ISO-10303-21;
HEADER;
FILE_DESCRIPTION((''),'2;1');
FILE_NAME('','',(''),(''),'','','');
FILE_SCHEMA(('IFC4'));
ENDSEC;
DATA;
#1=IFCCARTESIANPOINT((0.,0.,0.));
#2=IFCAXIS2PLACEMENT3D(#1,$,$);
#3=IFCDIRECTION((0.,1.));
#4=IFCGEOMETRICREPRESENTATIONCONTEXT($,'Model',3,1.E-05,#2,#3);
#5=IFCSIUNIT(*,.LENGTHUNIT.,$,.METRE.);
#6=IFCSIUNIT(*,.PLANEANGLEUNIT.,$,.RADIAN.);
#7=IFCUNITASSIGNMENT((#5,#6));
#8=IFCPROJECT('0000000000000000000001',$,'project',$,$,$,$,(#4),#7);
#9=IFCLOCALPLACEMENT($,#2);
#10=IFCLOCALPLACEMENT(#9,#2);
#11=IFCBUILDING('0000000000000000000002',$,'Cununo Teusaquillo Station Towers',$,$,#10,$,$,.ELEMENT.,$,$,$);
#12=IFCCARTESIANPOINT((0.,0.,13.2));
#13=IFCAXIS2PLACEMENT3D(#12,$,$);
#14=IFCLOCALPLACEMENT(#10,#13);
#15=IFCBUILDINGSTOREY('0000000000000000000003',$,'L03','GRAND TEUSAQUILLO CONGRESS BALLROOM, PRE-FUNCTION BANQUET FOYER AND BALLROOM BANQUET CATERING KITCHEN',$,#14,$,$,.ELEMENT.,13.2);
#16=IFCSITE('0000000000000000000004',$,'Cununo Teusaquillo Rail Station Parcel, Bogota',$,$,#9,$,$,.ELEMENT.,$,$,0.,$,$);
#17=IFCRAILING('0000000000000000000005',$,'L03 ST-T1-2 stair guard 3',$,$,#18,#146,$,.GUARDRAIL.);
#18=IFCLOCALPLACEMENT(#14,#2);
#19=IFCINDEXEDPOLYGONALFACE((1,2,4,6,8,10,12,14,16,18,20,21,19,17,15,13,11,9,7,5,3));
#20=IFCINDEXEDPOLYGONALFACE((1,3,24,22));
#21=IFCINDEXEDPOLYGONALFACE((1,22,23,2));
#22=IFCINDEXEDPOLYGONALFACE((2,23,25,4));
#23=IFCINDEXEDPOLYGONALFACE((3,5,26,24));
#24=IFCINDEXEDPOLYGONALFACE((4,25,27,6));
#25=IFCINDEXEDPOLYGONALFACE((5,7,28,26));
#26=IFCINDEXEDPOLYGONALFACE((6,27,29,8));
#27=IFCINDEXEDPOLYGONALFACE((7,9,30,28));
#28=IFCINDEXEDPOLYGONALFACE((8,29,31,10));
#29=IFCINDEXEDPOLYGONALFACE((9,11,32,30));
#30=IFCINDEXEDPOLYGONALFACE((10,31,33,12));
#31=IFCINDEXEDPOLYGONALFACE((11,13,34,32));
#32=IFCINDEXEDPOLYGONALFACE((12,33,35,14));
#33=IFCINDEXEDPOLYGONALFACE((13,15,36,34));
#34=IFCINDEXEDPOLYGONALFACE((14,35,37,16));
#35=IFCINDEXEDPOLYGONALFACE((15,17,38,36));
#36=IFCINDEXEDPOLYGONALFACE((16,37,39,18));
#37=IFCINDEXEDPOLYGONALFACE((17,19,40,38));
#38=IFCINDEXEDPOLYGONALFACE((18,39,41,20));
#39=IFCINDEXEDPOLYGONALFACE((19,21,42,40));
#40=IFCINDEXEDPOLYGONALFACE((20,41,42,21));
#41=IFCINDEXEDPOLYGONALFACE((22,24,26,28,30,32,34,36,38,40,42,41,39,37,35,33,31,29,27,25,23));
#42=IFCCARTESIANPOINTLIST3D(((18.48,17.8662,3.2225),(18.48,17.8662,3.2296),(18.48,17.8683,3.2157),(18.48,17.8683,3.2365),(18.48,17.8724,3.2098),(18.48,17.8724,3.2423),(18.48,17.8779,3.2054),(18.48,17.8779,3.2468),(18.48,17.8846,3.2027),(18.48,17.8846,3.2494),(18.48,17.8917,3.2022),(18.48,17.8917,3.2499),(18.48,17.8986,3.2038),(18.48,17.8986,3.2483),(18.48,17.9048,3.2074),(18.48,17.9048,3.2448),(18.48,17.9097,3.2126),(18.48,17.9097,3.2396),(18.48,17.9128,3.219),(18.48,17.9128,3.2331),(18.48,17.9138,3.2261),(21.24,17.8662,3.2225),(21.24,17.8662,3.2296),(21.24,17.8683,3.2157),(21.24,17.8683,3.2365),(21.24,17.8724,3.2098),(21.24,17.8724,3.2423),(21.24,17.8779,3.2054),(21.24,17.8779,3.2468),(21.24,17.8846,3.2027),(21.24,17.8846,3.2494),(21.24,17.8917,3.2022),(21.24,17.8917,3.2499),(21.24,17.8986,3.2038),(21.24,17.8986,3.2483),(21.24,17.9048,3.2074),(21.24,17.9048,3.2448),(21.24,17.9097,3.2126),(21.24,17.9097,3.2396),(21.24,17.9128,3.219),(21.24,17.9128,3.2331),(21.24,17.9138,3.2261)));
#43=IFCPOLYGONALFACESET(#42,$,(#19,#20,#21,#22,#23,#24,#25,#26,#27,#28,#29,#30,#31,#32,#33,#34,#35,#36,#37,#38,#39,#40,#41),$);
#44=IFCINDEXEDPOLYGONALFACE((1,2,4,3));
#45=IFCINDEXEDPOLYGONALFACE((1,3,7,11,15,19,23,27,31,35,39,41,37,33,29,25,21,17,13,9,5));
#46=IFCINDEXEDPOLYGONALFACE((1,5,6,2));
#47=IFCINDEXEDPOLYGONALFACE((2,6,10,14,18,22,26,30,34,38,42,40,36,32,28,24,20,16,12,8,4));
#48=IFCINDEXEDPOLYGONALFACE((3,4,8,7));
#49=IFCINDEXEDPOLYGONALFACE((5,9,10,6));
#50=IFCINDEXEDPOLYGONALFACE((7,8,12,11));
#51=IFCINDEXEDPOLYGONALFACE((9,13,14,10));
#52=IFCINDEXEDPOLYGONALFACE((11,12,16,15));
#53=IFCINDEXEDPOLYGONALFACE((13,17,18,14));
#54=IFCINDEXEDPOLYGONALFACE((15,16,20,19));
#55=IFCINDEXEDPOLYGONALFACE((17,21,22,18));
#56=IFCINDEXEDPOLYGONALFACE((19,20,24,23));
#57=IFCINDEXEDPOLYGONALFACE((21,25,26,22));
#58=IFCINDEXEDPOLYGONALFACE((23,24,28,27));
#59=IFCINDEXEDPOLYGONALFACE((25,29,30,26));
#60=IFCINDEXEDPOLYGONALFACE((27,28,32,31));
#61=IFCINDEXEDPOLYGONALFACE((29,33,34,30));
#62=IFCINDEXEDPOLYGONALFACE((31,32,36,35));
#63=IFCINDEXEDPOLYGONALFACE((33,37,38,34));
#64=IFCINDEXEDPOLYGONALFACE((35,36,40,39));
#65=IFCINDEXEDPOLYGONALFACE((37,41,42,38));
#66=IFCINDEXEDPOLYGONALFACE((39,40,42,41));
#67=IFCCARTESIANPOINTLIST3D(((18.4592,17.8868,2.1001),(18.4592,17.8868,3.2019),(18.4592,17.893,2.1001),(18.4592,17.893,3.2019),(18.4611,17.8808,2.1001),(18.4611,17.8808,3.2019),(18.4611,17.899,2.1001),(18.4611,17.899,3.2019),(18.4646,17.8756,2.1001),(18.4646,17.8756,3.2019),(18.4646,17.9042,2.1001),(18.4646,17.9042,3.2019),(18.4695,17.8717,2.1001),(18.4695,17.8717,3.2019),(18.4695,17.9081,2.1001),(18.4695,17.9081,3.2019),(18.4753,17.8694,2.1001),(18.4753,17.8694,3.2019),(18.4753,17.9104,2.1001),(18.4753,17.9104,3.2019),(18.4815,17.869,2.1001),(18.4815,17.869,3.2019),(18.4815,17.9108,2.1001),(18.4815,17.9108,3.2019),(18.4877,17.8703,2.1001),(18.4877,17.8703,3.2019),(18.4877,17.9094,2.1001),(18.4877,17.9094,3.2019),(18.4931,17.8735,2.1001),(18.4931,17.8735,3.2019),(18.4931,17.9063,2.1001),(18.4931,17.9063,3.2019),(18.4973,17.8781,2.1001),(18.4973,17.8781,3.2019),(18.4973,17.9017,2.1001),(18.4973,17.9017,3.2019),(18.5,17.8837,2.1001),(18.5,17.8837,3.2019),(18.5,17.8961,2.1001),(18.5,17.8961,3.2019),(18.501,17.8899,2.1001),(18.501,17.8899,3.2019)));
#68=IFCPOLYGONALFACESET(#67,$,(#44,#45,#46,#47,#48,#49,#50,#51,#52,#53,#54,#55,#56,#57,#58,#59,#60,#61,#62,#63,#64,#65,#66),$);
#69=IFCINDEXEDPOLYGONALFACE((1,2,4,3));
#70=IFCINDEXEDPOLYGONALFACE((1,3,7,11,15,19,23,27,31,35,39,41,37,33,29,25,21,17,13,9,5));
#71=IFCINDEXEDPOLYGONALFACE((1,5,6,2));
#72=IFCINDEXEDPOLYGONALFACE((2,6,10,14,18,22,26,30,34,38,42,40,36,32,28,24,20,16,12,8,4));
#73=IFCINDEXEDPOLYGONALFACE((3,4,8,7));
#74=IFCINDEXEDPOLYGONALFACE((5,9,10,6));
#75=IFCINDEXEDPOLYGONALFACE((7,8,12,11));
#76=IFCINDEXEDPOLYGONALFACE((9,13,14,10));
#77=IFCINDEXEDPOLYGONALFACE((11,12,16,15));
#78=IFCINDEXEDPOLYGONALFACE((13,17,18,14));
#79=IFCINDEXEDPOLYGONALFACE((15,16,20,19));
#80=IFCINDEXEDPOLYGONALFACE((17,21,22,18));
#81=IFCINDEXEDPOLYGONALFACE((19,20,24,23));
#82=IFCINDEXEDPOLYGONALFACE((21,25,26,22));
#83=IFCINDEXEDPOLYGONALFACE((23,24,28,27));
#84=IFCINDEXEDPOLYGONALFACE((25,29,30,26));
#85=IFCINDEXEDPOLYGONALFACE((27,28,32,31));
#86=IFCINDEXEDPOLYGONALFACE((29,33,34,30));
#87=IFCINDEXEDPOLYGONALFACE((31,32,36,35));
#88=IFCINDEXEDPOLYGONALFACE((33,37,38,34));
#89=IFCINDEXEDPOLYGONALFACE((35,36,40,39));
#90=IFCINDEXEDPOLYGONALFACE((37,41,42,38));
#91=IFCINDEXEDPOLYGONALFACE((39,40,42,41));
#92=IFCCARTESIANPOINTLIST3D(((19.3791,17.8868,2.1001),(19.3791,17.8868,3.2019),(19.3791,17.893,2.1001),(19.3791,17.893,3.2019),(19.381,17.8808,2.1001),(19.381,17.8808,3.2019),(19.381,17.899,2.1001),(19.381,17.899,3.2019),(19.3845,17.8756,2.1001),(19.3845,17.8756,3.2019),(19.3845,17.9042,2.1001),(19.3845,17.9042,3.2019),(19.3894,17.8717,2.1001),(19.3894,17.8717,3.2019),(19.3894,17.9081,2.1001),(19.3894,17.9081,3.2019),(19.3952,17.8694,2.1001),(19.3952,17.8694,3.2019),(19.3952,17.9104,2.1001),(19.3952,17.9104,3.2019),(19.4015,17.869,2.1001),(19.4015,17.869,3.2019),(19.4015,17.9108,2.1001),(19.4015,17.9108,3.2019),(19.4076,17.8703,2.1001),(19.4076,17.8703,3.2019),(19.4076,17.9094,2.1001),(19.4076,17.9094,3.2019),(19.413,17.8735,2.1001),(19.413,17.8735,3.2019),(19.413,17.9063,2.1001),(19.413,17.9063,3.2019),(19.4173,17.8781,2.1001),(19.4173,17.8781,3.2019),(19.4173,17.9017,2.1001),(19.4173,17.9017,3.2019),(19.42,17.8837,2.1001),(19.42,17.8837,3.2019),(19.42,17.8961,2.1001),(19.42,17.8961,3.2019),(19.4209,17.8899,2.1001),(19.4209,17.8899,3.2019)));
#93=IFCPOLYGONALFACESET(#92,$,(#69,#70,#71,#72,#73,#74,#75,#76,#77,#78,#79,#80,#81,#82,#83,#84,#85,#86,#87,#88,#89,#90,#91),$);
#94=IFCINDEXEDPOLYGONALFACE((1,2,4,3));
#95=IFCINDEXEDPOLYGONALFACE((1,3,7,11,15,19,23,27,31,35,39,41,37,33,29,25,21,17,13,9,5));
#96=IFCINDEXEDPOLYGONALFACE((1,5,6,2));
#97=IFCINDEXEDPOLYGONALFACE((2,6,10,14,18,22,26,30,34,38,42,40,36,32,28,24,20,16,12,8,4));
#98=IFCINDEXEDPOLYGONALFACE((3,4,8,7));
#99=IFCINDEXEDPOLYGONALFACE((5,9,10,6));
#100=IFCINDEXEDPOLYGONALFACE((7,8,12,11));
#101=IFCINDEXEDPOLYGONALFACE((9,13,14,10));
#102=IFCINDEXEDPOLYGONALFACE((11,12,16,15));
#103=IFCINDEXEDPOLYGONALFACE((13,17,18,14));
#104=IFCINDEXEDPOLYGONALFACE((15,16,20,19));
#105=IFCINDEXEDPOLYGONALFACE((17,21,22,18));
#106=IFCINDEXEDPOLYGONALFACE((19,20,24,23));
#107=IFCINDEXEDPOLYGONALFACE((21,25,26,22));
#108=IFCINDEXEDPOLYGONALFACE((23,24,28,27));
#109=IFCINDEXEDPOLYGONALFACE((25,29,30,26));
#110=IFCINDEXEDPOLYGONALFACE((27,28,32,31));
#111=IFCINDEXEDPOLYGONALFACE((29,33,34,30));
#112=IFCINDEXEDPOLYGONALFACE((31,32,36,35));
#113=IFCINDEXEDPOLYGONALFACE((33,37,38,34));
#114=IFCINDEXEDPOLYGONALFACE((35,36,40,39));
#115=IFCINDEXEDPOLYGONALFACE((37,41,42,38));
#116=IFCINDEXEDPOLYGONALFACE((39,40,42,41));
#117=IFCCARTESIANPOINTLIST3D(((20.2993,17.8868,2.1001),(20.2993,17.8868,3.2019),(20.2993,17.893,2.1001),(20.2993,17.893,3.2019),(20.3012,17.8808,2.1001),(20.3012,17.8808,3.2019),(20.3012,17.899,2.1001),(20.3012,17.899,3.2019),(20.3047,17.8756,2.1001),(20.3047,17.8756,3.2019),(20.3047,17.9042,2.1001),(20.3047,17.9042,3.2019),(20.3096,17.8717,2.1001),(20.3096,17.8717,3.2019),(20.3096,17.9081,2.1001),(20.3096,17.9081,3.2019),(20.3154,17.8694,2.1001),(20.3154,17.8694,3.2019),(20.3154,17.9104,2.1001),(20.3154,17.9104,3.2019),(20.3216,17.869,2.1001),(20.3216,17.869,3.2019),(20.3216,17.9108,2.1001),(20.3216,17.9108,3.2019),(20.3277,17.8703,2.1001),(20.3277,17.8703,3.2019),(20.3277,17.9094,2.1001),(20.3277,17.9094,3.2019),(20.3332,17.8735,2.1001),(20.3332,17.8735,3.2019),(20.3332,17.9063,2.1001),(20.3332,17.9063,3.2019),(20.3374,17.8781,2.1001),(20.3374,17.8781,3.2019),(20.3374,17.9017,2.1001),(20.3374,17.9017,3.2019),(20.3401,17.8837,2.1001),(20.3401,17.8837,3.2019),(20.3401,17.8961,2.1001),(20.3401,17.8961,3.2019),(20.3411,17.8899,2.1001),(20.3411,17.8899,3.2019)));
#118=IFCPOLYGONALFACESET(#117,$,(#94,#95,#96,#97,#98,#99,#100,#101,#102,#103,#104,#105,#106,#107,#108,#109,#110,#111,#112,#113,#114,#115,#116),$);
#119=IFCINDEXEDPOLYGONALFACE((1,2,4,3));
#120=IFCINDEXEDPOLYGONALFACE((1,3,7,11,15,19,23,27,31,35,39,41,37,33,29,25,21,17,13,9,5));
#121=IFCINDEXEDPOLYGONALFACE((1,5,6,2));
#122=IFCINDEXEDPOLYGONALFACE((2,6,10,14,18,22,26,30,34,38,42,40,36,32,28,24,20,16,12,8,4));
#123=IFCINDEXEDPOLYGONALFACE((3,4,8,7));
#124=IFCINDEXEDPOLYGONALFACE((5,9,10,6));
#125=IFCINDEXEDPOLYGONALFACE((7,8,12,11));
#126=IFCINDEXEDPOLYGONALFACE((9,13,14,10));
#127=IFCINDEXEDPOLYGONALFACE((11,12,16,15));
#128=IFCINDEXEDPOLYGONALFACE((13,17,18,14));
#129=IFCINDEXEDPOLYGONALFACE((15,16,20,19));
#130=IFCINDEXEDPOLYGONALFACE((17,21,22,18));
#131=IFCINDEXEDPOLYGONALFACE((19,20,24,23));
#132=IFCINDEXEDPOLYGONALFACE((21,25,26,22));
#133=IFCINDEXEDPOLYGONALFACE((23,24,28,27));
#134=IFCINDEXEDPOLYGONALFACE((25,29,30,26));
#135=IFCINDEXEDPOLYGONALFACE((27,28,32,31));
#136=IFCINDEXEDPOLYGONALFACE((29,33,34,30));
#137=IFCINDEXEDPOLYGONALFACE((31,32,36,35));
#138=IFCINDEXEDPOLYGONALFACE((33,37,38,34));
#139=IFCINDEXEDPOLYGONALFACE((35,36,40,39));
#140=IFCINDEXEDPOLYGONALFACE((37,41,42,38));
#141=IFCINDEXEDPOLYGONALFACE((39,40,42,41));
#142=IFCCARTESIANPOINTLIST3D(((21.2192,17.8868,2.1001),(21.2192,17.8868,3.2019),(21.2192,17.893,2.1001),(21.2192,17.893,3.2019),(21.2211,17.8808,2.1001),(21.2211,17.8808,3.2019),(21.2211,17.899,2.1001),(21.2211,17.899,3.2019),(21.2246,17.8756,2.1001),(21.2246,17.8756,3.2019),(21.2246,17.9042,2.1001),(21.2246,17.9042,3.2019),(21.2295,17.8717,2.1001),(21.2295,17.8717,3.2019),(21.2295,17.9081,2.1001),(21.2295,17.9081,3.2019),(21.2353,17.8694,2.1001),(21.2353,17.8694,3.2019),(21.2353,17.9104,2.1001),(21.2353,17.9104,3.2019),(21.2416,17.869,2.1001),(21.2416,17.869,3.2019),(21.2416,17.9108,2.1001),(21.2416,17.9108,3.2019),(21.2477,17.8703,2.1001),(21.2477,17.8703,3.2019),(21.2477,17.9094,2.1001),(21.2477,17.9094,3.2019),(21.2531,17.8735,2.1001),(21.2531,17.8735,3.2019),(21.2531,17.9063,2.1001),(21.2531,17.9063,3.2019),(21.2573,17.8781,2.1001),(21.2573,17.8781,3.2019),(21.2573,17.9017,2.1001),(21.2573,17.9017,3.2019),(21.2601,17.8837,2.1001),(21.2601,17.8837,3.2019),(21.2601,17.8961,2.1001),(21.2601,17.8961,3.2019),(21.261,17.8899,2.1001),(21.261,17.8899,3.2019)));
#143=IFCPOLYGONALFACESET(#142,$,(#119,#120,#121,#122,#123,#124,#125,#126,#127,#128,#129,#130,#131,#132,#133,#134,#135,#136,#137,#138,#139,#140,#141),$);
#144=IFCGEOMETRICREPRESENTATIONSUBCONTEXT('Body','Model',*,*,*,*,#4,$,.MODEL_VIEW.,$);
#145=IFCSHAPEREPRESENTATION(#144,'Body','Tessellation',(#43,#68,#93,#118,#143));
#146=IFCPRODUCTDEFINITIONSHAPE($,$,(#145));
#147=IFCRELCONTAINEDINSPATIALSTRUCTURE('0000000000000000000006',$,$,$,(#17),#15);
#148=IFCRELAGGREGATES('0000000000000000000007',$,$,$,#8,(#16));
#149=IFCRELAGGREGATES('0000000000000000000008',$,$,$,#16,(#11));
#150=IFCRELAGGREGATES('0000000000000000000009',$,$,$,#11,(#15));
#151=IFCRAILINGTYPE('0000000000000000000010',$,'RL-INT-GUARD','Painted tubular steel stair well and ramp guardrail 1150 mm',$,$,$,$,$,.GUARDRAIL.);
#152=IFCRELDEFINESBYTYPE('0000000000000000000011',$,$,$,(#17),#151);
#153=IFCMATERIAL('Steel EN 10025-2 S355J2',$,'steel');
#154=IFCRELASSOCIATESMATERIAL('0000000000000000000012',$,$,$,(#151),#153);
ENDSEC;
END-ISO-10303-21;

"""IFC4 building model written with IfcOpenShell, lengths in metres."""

from ifc_helpers import new_model, si_unit, direction, frame, origin, origin_2d, place, context, subcontext, project, spatial, circle, extrude, material, type_object, element, save


model = new_model("IFC4")

# Units and contexts
model_context = context("Model", 3, precision=1e-05, world=origin(), true_north=direction((0.0, 1.0)))
body_context = subcontext(model_context, "Body", "Model", "MODEL_VIEW")
ifc_project = project(units=[si_unit("LENGTHUNIT", "METRE"), si_unit("PLANEANGLEUNIT", "RADIAN")], contexts=[model_context])

# Site, building, storey
site_placement = place(None, origin())
site = spatial("IfcSite", under=ifc_project, at=site_placement, Name="Cununo Teusaquillo Rail Station Parcel, Bogota", CompositionType="ELEMENT", RefElevation=0.0)
building_placement = place(site_placement, origin())
building = spatial("IfcBuilding", under=site, at=building_placement, Name="Cununo Teusaquillo Station Towers", CompositionType="ELEMENT")
storey_placement = place(building_placement, frame((0.0, 0.0, 13.2)))
storey = spatial("IfcBuildingStorey", under=building, at=storey_placement, Name="L03", Description="GRAND TEUSAQUILLO CONGRESS BALLROOM, PRE-FUNCTION BANQUET FOYER AND BALLROOM BANQUET CATERING KITCHEN", CompositionType="ELEMENT", Elevation=13.2)

# Railing
ifc_material_1 = material(Name="Steel EN 10025-2 S355J2", Category="steel")
railing_type_1 = type_object("IfcRailingType", Name="RL-INT-GUARD", Description="Painted tubular steel stair well and ramp guardrail 1150 mm", PredefinedType="GUARDRAIL", material=ifc_material_1)
railing_1_placement = place(storey_placement, frame((18.48, 17.8899, 2.1001)))
element("IfcRailing", 1, at=railing_1_placement, inside=storey, type_object=railing_type_1, Name="L03 ST-T1-2 stair guard 3", PredefinedType="GUARDRAIL", context=body_context, shape_type="SweptSolid", body=[
    extrude(circle(Radius=0.0239, at=origin_2d()), frame((0.0, 0.0, 1.126), z_axis=(1.0, 0.0, 0.0), x_axis=(0.0, 1.0, 0.0)), (0.0, 0.0, 1.0), 2.76),
    extrude(circle(Radius=0.021, at=origin_2d()), origin(), (0.0, 0.0, 1.0), 1.1018),
    extrude(circle(Radius=0.021, at=origin_2d()), frame((0.9199, 0.0, 0.0)), (0.0, 0.0, 1.0), 1.1018),
    extrude(circle(Radius=0.021, at=origin_2d()), frame((1.8401, 0.0, 0.0)), (0.0, 0.0, 1.0), 1.1018),
    extrude(circle(Radius=0.021, at=origin_2d()), frame((2.76, 0.0, 0.0)), (0.0, 0.0, 1.0), 1.1018),
])

save(model, "model.ifc")
